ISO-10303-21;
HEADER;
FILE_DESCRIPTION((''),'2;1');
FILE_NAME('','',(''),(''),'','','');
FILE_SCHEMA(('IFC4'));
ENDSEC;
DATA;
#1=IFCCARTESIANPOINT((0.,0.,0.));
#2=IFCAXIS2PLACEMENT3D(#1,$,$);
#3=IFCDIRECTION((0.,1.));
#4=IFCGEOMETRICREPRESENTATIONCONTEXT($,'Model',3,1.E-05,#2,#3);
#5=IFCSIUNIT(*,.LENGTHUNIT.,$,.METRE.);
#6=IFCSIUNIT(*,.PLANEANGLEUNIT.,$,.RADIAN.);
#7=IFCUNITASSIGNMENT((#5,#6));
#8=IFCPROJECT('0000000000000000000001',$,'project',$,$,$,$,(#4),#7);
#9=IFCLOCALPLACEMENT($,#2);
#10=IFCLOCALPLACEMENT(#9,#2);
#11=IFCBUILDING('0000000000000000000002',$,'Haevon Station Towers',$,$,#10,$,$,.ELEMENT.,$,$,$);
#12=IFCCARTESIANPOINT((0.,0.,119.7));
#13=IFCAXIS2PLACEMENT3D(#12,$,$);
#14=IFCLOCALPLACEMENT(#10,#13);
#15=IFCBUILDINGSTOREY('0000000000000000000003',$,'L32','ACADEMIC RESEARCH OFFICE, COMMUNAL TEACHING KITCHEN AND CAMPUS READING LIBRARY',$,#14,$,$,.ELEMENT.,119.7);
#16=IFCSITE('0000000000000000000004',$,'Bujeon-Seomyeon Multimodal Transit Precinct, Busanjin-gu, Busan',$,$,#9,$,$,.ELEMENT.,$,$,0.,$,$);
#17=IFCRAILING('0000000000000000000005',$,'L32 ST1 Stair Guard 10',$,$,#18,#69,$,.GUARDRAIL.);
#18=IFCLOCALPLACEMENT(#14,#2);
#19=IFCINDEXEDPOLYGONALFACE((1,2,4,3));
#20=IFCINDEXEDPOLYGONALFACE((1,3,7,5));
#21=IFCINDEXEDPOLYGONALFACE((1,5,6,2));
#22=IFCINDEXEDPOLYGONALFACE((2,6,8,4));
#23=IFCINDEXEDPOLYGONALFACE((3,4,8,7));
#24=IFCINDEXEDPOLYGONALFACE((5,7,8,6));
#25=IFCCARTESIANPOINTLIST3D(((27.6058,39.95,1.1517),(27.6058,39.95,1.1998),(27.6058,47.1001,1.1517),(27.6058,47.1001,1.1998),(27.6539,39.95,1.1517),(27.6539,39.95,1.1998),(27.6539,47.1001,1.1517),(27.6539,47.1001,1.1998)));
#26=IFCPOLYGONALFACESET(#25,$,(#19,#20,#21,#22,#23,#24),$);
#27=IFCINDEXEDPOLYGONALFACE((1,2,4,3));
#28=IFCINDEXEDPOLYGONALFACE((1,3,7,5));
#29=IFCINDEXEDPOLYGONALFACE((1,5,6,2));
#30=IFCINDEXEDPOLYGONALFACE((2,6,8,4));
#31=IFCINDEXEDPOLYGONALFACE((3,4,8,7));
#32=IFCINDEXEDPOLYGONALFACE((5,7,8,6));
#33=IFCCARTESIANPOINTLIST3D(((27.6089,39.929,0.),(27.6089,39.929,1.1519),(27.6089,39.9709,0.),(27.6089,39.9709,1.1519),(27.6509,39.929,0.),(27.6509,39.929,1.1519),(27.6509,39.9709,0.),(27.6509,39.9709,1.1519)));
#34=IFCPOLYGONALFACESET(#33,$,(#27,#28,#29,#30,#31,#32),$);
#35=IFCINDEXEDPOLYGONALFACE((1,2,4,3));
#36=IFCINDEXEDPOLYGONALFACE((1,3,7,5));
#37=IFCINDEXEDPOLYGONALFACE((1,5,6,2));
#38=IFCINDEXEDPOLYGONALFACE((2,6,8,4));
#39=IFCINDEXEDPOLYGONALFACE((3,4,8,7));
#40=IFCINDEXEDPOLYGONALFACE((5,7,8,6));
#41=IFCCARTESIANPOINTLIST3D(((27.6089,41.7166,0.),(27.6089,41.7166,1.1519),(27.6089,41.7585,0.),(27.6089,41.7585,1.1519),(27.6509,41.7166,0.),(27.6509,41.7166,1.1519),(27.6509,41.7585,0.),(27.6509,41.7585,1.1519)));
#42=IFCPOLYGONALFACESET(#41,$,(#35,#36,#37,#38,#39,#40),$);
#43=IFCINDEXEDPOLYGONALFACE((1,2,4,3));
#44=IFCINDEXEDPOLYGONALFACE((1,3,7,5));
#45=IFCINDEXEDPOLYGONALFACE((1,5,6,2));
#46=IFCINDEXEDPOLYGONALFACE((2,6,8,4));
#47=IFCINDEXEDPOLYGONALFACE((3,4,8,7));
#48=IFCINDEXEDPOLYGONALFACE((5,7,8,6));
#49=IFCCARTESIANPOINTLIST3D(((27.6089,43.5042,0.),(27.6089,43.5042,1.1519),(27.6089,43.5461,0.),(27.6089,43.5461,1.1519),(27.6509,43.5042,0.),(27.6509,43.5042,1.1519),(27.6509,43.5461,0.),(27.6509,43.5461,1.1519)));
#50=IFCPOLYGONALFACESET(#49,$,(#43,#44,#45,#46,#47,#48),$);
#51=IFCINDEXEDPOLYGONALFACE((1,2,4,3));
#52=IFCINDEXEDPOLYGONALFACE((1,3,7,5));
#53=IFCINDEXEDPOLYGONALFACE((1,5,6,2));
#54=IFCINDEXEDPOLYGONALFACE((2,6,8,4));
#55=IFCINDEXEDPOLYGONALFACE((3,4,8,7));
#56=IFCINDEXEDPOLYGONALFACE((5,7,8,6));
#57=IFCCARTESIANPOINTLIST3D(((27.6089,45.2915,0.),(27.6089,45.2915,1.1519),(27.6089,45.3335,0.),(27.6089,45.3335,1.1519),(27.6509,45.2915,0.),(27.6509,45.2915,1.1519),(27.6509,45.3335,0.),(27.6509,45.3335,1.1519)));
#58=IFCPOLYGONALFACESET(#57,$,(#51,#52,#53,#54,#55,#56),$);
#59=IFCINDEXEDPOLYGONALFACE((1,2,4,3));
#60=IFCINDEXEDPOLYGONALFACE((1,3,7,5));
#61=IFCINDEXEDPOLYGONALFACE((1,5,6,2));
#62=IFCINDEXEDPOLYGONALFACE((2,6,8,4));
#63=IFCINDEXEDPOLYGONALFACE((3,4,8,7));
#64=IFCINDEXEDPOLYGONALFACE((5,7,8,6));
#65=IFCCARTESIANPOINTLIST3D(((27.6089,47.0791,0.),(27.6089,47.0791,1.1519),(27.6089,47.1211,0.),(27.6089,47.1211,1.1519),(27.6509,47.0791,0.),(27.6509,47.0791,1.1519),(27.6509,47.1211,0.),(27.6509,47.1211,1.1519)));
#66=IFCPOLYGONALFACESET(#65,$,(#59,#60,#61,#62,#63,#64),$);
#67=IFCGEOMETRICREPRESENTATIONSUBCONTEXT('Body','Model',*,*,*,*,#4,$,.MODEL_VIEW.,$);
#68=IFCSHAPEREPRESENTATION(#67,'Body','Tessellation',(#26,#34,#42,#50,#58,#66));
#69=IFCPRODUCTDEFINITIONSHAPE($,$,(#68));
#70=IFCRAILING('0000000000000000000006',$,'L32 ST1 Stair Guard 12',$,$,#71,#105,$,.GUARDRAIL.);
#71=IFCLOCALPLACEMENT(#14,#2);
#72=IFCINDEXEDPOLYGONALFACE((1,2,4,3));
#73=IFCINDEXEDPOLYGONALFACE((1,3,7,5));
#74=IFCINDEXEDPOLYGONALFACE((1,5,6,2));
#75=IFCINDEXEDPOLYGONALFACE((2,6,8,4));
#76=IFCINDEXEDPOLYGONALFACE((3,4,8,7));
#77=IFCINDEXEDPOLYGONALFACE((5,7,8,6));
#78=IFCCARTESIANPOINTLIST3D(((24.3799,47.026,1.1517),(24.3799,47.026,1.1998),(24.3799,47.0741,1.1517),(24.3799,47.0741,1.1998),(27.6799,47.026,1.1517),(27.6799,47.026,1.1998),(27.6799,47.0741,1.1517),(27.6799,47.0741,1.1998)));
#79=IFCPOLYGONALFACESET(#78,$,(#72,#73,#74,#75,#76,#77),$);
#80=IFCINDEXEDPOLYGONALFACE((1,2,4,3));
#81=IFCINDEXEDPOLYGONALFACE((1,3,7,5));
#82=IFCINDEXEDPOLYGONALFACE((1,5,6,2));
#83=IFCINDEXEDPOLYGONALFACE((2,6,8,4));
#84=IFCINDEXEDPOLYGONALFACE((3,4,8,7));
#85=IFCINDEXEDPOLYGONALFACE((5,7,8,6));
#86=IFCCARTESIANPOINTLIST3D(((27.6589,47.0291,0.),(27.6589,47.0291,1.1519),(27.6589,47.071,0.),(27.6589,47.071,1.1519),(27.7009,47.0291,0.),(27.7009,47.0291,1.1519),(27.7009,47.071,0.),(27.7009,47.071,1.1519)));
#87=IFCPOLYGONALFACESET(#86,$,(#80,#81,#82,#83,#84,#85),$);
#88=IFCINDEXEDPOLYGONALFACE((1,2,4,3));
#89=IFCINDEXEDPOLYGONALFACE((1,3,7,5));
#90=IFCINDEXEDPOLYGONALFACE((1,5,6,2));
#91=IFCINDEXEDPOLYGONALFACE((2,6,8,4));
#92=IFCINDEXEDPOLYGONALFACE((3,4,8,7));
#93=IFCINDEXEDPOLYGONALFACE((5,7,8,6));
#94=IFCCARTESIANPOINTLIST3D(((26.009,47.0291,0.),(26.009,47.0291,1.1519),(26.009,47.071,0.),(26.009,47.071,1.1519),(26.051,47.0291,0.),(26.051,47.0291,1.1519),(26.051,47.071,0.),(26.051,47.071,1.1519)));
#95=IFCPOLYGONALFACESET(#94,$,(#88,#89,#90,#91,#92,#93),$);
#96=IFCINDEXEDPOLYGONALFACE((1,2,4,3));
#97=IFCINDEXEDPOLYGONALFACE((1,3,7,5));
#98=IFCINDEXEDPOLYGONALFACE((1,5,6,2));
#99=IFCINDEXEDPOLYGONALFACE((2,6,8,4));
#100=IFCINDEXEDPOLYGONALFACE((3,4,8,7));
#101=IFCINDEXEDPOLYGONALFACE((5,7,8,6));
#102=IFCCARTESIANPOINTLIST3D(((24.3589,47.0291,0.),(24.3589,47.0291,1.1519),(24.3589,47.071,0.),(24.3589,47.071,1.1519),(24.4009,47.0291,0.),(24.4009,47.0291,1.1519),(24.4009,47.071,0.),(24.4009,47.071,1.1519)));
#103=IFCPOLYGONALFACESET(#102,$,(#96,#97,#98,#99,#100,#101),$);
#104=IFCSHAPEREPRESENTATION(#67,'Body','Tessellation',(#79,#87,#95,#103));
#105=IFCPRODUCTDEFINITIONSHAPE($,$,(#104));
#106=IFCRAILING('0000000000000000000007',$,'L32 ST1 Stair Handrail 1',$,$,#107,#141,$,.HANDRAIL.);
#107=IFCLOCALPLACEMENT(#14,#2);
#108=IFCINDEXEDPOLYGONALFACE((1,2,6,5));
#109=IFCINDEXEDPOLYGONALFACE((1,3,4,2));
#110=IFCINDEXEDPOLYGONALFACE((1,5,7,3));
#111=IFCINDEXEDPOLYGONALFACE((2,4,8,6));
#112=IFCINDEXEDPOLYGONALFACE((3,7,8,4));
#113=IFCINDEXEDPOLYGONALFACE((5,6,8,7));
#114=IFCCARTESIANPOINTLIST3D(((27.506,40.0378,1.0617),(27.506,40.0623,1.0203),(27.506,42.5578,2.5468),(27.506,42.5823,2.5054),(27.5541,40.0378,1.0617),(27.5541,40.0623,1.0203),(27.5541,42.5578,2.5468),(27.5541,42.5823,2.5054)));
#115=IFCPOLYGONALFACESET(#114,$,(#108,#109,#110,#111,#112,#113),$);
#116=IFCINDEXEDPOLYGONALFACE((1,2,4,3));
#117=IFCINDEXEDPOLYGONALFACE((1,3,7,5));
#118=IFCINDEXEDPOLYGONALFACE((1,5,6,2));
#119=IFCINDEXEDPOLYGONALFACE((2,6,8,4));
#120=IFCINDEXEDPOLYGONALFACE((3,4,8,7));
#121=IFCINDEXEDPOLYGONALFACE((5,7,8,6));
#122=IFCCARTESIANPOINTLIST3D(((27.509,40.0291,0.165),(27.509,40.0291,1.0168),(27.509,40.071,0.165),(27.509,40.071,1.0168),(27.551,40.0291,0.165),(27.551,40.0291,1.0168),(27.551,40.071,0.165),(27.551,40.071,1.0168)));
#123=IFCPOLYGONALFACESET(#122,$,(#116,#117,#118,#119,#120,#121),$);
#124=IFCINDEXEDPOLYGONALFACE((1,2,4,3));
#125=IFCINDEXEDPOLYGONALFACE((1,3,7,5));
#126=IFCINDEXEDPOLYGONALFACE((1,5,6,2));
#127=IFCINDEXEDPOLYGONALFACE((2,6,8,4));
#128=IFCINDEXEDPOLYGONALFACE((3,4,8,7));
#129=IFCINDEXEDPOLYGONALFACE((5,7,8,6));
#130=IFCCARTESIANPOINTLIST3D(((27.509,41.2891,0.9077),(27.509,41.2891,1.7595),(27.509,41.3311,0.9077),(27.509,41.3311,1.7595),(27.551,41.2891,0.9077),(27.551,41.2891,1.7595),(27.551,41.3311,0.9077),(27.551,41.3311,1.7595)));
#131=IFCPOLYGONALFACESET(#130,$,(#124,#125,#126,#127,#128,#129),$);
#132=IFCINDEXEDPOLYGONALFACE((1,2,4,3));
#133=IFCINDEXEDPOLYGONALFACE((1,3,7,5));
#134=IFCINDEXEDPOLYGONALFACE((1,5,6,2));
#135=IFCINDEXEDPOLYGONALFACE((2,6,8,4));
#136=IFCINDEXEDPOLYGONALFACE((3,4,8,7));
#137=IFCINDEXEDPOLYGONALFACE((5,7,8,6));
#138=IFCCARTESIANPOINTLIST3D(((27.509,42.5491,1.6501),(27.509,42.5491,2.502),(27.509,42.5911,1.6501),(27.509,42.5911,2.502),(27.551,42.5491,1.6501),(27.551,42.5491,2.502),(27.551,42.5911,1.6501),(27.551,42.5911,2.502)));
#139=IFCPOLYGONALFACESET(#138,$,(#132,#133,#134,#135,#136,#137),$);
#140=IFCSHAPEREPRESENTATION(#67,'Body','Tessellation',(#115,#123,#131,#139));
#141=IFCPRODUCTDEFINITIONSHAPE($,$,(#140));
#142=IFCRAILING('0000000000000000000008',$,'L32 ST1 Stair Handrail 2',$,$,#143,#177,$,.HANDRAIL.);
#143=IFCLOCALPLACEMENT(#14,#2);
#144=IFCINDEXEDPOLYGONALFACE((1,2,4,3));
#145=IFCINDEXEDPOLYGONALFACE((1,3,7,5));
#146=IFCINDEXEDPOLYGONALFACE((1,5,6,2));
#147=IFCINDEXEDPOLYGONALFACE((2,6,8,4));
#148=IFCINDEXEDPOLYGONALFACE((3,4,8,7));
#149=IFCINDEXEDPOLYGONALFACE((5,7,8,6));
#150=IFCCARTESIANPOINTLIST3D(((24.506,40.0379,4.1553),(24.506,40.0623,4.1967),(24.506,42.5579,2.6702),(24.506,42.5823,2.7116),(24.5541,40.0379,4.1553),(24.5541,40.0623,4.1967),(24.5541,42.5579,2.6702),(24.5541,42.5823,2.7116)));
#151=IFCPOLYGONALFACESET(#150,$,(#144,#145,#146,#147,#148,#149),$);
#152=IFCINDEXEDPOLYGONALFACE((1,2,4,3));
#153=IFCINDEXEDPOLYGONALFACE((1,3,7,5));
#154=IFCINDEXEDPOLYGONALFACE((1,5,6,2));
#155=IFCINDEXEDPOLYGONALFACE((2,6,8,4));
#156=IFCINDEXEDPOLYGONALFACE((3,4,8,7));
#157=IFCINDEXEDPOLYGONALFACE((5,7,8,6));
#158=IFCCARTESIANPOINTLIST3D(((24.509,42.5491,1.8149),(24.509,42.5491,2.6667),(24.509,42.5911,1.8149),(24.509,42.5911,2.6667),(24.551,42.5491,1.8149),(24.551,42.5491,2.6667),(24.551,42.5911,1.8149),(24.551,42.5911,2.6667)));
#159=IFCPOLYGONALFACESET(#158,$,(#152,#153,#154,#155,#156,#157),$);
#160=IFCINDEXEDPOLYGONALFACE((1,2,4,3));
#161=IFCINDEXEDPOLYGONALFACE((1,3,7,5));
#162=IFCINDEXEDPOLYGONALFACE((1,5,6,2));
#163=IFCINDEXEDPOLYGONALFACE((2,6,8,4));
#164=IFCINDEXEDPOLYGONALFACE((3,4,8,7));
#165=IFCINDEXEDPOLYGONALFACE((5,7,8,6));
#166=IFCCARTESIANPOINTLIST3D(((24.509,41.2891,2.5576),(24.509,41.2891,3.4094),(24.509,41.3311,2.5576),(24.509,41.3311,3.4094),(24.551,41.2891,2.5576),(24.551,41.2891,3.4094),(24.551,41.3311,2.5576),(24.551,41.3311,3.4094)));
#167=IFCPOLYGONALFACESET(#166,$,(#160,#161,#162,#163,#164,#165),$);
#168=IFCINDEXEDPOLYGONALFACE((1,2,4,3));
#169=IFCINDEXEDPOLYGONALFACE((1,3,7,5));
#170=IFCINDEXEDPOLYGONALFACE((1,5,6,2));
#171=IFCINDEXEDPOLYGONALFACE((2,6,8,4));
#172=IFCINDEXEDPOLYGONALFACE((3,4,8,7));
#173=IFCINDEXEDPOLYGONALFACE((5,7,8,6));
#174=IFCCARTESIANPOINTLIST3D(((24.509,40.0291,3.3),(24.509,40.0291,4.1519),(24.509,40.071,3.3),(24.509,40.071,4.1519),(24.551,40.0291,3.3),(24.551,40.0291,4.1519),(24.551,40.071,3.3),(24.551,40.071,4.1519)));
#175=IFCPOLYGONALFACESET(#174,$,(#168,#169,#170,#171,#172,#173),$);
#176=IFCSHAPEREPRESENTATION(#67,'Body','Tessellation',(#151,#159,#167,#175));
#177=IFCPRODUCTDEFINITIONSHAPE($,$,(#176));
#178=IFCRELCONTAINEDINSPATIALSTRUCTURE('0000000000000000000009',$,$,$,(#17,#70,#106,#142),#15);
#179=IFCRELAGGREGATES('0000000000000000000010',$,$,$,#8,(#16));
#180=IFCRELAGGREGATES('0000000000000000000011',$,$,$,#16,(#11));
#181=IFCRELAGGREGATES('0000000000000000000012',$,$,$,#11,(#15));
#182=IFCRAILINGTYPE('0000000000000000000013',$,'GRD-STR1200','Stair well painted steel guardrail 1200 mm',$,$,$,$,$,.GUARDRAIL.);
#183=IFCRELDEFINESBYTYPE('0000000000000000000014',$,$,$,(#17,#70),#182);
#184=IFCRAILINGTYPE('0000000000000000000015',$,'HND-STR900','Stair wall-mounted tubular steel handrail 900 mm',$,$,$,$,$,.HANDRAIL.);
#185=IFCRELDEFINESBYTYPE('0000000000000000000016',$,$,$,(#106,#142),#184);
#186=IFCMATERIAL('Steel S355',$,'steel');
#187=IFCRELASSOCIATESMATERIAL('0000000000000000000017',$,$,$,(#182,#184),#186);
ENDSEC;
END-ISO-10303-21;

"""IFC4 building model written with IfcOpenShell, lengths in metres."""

from ifc_helpers import new_model, si_unit, direction, frame, origin, origin_2d, place, context, subcontext, project, spatial, rectangle, extrude, material, type_object, element, save


model = new_model("IFC4")

# Units and contexts
model_context = context("Model", 3, precision=1e-05, world=origin(), true_north=direction((0.0, 1.0)))
body_context = subcontext(model_context, "Body", "Model", "MODEL_VIEW")
ifc_project = project(units=[si_unit("LENGTHUNIT", "METRE"), si_unit("PLANEANGLEUNIT", "RADIAN")], contexts=[model_context])

# Site, building, storey
site_placement = place(None, origin())
site = spatial("IfcSite", under=ifc_project, at=site_placement, Name="Bujeon-Seomyeon Multimodal Transit Precinct, Busanjin-gu, Busan", CompositionType="ELEMENT", RefElevation=0.0)
building_placement = place(site_placement, origin())
building = spatial("IfcBuilding", under=site, at=building_placement, Name="Haevon Station Towers", CompositionType="ELEMENT")
storey_placement = place(building_placement, frame((0.0, 0.0, 119.7)))
storey = spatial("IfcBuildingStorey", under=building, at=storey_placement, Name="L32", Description="ACADEMIC RESEARCH OFFICE, COMMUNAL TEACHING KITCHEN AND CAMPUS READING LIBRARY", CompositionType="ELEMENT", Elevation=119.7)

# Shared definitions
ifc_material_1 = material(Name="Steel S355", Category="steel")

# Railings
railing_type_1 = type_object("IfcRailingType", Name="GRD-STR1200", Description="Stair well painted steel guardrail 1200 mm", PredefinedType="GUARDRAIL", material=ifc_material_1)
railing_1_placement = place(storey_placement, frame((27.6299, 39.95, 0.0)))
element("IfcRailing", 1, at=railing_1_placement, inside=storey, type_object=railing_type_1, Name="L32 ST1 Stair Guard 10", PredefinedType="GUARDRAIL", context=body_context, shape_type="SweptSolid", body=[
    extrude(rectangle(XDim=0.0481, YDim=0.0481, at=origin_2d()), frame((0.0, 0.0, 1.1758), z_axis=(0.0, 1.0, 0.0), x_axis=(-1.0, 0.0, 0.0)), (0.0, 0.0, 1.0), 7.1501),
    extrude(rectangle(XDim=0.042, YDim=0.042, at=origin_2d()), origin(), (0.0, 0.0, 1.0), 1.1519),
    extrude(rectangle(XDim=0.042, YDim=0.042, at=origin_2d()), frame((0.0, 1.7876, 0.0)), (0.0, 0.0, 1.0), 1.1519),
    extrude(rectangle(XDim=0.042, YDim=0.042, at=origin_2d()), frame((0.0, 3.5752, 0.0)), (0.0, 0.0, 1.0), 1.1519),
    extrude(rectangle(XDim=0.042, YDim=0.042, at=origin_2d()), frame((0.0, 5.3625, 0.0)), (0.0, 0.0, 1.0), 1.1519),
    extrude(rectangle(XDim=0.042, YDim=0.042, at=origin_2d()), frame((0.0, 7.1501, 0.0)), (0.0, 0.0, 1.0), 1.1519),
])
railing_2_placement = place(storey_placement, frame((27.6799, 47.05, 0.0)))
element("IfcRailing", 2, at=railing_2_placement, inside=storey, type_object=railing_type_1, Name="L32 ST1 Stair Guard 12", PredefinedType="GUARDRAIL", context=body_context, shape_type="SweptSolid", body=[
    extrude(rectangle(XDim=0.0481, YDim=0.0481, at=origin_2d()), frame((0.0, 0.0, 1.1758), z_axis=(-1.0, 0.0, 0.0), x_axis=(0.0, -1.0, 0.0)), (0.0, 0.0, 1.0), 3.3),
    extrude(rectangle(XDim=0.042, YDim=0.042, at=origin_2d()), origin(), (0.0, 0.0, 1.0), 1.1519),
    extrude(rectangle(XDim=0.042, YDim=0.042, at=origin_2d()), frame((-1.6499, 0.0, 0.0)), (0.0, 0.0, 1.0), 1.1519),
    extrude(rectangle(XDim=0.042, YDim=0.042, at=origin_2d()), frame((-3.3, 0.0, 0.0)), (0.0, 0.0, 1.0), 1.1519),
])
railing_type_2 = type_object("IfcRailingType", Name="HND-STR900", Description="Stair wall-mounted tubular steel handrail 900 mm", PredefinedType="HANDRAIL", material=ifc_material_1)
railing_3_placement = place(storey_placement, frame((27.53, 40.05, 0.165)))
element("IfcRailing", 3, at=railing_3_placement, inside=storey, type_object=railing_type_2, Name="L32 ST1 Stair Handrail 1", PredefinedType="HANDRAIL", context=body_context, shape_type="SweptSolid", body=[
    extrude(rectangle(XDim=0.0481, YDim=0.0481, at=origin_2d()), frame((0.0, 0.0, 0.876), z_axis=(0.0, 0.861524, 0.507717), x_axis=(-1.0, 0.0, 0.0)), (0.0, 0.0, 1.0), 2.925),
    extrude(rectangle(XDim=0.042, YDim=0.042, at=origin_2d()), origin(), (0.0, 0.0, 1.0), 0.8518),
    extrude(rectangle(XDim=0.042, YDim=0.042, at=origin_2d()), frame((0.0, 1.26, 0.7427)), (0.0, 0.0, 1.0), 0.8518),
    extrude(rectangle(XDim=0.042, YDim=0.042, at=origin_2d()), frame((0.0, 2.52, 1.4851)), (0.0, 0.0, 1.0), 0.8518),
])
railing_4_placement = place(storey_placement, frame((24.53, 42.5701, 1.8149)))
element("IfcRailing", 4, at=railing_4_placement, inside=storey, type_object=railing_type_2, Name="L32 ST1 Stair Handrail 2", PredefinedType="HANDRAIL", context=body_context, shape_type="SweptSolid", body=[
    extrude(rectangle(XDim=0.0481, YDim=0.0481, at=origin_2d()), frame((0.0, 0.0, 0.876), z_axis=(0.0, -0.861524, 0.507717), x_axis=(1.0, 0.0, 0.0)), (0.0, 0.0, 1.0), 2.925),
    extrude(rectangle(XDim=0.042, YDim=0.042, at=origin_2d()), origin(), (0.0, 0.0, 1.0), 0.8518),
    extrude(rectangle(XDim=0.042, YDim=0.042, at=origin_2d()), frame((0.0, -1.26, 0.7427)), (0.0, 0.0, 1.0), 0.8518),
    extrude(rectangle(XDim=0.042, YDim=0.042, at=origin_2d()), frame((0.0, -2.52, 1.4851)), (0.0, 0.0, 1.0), 0.8518),
])

save(model, "model.ifc")
